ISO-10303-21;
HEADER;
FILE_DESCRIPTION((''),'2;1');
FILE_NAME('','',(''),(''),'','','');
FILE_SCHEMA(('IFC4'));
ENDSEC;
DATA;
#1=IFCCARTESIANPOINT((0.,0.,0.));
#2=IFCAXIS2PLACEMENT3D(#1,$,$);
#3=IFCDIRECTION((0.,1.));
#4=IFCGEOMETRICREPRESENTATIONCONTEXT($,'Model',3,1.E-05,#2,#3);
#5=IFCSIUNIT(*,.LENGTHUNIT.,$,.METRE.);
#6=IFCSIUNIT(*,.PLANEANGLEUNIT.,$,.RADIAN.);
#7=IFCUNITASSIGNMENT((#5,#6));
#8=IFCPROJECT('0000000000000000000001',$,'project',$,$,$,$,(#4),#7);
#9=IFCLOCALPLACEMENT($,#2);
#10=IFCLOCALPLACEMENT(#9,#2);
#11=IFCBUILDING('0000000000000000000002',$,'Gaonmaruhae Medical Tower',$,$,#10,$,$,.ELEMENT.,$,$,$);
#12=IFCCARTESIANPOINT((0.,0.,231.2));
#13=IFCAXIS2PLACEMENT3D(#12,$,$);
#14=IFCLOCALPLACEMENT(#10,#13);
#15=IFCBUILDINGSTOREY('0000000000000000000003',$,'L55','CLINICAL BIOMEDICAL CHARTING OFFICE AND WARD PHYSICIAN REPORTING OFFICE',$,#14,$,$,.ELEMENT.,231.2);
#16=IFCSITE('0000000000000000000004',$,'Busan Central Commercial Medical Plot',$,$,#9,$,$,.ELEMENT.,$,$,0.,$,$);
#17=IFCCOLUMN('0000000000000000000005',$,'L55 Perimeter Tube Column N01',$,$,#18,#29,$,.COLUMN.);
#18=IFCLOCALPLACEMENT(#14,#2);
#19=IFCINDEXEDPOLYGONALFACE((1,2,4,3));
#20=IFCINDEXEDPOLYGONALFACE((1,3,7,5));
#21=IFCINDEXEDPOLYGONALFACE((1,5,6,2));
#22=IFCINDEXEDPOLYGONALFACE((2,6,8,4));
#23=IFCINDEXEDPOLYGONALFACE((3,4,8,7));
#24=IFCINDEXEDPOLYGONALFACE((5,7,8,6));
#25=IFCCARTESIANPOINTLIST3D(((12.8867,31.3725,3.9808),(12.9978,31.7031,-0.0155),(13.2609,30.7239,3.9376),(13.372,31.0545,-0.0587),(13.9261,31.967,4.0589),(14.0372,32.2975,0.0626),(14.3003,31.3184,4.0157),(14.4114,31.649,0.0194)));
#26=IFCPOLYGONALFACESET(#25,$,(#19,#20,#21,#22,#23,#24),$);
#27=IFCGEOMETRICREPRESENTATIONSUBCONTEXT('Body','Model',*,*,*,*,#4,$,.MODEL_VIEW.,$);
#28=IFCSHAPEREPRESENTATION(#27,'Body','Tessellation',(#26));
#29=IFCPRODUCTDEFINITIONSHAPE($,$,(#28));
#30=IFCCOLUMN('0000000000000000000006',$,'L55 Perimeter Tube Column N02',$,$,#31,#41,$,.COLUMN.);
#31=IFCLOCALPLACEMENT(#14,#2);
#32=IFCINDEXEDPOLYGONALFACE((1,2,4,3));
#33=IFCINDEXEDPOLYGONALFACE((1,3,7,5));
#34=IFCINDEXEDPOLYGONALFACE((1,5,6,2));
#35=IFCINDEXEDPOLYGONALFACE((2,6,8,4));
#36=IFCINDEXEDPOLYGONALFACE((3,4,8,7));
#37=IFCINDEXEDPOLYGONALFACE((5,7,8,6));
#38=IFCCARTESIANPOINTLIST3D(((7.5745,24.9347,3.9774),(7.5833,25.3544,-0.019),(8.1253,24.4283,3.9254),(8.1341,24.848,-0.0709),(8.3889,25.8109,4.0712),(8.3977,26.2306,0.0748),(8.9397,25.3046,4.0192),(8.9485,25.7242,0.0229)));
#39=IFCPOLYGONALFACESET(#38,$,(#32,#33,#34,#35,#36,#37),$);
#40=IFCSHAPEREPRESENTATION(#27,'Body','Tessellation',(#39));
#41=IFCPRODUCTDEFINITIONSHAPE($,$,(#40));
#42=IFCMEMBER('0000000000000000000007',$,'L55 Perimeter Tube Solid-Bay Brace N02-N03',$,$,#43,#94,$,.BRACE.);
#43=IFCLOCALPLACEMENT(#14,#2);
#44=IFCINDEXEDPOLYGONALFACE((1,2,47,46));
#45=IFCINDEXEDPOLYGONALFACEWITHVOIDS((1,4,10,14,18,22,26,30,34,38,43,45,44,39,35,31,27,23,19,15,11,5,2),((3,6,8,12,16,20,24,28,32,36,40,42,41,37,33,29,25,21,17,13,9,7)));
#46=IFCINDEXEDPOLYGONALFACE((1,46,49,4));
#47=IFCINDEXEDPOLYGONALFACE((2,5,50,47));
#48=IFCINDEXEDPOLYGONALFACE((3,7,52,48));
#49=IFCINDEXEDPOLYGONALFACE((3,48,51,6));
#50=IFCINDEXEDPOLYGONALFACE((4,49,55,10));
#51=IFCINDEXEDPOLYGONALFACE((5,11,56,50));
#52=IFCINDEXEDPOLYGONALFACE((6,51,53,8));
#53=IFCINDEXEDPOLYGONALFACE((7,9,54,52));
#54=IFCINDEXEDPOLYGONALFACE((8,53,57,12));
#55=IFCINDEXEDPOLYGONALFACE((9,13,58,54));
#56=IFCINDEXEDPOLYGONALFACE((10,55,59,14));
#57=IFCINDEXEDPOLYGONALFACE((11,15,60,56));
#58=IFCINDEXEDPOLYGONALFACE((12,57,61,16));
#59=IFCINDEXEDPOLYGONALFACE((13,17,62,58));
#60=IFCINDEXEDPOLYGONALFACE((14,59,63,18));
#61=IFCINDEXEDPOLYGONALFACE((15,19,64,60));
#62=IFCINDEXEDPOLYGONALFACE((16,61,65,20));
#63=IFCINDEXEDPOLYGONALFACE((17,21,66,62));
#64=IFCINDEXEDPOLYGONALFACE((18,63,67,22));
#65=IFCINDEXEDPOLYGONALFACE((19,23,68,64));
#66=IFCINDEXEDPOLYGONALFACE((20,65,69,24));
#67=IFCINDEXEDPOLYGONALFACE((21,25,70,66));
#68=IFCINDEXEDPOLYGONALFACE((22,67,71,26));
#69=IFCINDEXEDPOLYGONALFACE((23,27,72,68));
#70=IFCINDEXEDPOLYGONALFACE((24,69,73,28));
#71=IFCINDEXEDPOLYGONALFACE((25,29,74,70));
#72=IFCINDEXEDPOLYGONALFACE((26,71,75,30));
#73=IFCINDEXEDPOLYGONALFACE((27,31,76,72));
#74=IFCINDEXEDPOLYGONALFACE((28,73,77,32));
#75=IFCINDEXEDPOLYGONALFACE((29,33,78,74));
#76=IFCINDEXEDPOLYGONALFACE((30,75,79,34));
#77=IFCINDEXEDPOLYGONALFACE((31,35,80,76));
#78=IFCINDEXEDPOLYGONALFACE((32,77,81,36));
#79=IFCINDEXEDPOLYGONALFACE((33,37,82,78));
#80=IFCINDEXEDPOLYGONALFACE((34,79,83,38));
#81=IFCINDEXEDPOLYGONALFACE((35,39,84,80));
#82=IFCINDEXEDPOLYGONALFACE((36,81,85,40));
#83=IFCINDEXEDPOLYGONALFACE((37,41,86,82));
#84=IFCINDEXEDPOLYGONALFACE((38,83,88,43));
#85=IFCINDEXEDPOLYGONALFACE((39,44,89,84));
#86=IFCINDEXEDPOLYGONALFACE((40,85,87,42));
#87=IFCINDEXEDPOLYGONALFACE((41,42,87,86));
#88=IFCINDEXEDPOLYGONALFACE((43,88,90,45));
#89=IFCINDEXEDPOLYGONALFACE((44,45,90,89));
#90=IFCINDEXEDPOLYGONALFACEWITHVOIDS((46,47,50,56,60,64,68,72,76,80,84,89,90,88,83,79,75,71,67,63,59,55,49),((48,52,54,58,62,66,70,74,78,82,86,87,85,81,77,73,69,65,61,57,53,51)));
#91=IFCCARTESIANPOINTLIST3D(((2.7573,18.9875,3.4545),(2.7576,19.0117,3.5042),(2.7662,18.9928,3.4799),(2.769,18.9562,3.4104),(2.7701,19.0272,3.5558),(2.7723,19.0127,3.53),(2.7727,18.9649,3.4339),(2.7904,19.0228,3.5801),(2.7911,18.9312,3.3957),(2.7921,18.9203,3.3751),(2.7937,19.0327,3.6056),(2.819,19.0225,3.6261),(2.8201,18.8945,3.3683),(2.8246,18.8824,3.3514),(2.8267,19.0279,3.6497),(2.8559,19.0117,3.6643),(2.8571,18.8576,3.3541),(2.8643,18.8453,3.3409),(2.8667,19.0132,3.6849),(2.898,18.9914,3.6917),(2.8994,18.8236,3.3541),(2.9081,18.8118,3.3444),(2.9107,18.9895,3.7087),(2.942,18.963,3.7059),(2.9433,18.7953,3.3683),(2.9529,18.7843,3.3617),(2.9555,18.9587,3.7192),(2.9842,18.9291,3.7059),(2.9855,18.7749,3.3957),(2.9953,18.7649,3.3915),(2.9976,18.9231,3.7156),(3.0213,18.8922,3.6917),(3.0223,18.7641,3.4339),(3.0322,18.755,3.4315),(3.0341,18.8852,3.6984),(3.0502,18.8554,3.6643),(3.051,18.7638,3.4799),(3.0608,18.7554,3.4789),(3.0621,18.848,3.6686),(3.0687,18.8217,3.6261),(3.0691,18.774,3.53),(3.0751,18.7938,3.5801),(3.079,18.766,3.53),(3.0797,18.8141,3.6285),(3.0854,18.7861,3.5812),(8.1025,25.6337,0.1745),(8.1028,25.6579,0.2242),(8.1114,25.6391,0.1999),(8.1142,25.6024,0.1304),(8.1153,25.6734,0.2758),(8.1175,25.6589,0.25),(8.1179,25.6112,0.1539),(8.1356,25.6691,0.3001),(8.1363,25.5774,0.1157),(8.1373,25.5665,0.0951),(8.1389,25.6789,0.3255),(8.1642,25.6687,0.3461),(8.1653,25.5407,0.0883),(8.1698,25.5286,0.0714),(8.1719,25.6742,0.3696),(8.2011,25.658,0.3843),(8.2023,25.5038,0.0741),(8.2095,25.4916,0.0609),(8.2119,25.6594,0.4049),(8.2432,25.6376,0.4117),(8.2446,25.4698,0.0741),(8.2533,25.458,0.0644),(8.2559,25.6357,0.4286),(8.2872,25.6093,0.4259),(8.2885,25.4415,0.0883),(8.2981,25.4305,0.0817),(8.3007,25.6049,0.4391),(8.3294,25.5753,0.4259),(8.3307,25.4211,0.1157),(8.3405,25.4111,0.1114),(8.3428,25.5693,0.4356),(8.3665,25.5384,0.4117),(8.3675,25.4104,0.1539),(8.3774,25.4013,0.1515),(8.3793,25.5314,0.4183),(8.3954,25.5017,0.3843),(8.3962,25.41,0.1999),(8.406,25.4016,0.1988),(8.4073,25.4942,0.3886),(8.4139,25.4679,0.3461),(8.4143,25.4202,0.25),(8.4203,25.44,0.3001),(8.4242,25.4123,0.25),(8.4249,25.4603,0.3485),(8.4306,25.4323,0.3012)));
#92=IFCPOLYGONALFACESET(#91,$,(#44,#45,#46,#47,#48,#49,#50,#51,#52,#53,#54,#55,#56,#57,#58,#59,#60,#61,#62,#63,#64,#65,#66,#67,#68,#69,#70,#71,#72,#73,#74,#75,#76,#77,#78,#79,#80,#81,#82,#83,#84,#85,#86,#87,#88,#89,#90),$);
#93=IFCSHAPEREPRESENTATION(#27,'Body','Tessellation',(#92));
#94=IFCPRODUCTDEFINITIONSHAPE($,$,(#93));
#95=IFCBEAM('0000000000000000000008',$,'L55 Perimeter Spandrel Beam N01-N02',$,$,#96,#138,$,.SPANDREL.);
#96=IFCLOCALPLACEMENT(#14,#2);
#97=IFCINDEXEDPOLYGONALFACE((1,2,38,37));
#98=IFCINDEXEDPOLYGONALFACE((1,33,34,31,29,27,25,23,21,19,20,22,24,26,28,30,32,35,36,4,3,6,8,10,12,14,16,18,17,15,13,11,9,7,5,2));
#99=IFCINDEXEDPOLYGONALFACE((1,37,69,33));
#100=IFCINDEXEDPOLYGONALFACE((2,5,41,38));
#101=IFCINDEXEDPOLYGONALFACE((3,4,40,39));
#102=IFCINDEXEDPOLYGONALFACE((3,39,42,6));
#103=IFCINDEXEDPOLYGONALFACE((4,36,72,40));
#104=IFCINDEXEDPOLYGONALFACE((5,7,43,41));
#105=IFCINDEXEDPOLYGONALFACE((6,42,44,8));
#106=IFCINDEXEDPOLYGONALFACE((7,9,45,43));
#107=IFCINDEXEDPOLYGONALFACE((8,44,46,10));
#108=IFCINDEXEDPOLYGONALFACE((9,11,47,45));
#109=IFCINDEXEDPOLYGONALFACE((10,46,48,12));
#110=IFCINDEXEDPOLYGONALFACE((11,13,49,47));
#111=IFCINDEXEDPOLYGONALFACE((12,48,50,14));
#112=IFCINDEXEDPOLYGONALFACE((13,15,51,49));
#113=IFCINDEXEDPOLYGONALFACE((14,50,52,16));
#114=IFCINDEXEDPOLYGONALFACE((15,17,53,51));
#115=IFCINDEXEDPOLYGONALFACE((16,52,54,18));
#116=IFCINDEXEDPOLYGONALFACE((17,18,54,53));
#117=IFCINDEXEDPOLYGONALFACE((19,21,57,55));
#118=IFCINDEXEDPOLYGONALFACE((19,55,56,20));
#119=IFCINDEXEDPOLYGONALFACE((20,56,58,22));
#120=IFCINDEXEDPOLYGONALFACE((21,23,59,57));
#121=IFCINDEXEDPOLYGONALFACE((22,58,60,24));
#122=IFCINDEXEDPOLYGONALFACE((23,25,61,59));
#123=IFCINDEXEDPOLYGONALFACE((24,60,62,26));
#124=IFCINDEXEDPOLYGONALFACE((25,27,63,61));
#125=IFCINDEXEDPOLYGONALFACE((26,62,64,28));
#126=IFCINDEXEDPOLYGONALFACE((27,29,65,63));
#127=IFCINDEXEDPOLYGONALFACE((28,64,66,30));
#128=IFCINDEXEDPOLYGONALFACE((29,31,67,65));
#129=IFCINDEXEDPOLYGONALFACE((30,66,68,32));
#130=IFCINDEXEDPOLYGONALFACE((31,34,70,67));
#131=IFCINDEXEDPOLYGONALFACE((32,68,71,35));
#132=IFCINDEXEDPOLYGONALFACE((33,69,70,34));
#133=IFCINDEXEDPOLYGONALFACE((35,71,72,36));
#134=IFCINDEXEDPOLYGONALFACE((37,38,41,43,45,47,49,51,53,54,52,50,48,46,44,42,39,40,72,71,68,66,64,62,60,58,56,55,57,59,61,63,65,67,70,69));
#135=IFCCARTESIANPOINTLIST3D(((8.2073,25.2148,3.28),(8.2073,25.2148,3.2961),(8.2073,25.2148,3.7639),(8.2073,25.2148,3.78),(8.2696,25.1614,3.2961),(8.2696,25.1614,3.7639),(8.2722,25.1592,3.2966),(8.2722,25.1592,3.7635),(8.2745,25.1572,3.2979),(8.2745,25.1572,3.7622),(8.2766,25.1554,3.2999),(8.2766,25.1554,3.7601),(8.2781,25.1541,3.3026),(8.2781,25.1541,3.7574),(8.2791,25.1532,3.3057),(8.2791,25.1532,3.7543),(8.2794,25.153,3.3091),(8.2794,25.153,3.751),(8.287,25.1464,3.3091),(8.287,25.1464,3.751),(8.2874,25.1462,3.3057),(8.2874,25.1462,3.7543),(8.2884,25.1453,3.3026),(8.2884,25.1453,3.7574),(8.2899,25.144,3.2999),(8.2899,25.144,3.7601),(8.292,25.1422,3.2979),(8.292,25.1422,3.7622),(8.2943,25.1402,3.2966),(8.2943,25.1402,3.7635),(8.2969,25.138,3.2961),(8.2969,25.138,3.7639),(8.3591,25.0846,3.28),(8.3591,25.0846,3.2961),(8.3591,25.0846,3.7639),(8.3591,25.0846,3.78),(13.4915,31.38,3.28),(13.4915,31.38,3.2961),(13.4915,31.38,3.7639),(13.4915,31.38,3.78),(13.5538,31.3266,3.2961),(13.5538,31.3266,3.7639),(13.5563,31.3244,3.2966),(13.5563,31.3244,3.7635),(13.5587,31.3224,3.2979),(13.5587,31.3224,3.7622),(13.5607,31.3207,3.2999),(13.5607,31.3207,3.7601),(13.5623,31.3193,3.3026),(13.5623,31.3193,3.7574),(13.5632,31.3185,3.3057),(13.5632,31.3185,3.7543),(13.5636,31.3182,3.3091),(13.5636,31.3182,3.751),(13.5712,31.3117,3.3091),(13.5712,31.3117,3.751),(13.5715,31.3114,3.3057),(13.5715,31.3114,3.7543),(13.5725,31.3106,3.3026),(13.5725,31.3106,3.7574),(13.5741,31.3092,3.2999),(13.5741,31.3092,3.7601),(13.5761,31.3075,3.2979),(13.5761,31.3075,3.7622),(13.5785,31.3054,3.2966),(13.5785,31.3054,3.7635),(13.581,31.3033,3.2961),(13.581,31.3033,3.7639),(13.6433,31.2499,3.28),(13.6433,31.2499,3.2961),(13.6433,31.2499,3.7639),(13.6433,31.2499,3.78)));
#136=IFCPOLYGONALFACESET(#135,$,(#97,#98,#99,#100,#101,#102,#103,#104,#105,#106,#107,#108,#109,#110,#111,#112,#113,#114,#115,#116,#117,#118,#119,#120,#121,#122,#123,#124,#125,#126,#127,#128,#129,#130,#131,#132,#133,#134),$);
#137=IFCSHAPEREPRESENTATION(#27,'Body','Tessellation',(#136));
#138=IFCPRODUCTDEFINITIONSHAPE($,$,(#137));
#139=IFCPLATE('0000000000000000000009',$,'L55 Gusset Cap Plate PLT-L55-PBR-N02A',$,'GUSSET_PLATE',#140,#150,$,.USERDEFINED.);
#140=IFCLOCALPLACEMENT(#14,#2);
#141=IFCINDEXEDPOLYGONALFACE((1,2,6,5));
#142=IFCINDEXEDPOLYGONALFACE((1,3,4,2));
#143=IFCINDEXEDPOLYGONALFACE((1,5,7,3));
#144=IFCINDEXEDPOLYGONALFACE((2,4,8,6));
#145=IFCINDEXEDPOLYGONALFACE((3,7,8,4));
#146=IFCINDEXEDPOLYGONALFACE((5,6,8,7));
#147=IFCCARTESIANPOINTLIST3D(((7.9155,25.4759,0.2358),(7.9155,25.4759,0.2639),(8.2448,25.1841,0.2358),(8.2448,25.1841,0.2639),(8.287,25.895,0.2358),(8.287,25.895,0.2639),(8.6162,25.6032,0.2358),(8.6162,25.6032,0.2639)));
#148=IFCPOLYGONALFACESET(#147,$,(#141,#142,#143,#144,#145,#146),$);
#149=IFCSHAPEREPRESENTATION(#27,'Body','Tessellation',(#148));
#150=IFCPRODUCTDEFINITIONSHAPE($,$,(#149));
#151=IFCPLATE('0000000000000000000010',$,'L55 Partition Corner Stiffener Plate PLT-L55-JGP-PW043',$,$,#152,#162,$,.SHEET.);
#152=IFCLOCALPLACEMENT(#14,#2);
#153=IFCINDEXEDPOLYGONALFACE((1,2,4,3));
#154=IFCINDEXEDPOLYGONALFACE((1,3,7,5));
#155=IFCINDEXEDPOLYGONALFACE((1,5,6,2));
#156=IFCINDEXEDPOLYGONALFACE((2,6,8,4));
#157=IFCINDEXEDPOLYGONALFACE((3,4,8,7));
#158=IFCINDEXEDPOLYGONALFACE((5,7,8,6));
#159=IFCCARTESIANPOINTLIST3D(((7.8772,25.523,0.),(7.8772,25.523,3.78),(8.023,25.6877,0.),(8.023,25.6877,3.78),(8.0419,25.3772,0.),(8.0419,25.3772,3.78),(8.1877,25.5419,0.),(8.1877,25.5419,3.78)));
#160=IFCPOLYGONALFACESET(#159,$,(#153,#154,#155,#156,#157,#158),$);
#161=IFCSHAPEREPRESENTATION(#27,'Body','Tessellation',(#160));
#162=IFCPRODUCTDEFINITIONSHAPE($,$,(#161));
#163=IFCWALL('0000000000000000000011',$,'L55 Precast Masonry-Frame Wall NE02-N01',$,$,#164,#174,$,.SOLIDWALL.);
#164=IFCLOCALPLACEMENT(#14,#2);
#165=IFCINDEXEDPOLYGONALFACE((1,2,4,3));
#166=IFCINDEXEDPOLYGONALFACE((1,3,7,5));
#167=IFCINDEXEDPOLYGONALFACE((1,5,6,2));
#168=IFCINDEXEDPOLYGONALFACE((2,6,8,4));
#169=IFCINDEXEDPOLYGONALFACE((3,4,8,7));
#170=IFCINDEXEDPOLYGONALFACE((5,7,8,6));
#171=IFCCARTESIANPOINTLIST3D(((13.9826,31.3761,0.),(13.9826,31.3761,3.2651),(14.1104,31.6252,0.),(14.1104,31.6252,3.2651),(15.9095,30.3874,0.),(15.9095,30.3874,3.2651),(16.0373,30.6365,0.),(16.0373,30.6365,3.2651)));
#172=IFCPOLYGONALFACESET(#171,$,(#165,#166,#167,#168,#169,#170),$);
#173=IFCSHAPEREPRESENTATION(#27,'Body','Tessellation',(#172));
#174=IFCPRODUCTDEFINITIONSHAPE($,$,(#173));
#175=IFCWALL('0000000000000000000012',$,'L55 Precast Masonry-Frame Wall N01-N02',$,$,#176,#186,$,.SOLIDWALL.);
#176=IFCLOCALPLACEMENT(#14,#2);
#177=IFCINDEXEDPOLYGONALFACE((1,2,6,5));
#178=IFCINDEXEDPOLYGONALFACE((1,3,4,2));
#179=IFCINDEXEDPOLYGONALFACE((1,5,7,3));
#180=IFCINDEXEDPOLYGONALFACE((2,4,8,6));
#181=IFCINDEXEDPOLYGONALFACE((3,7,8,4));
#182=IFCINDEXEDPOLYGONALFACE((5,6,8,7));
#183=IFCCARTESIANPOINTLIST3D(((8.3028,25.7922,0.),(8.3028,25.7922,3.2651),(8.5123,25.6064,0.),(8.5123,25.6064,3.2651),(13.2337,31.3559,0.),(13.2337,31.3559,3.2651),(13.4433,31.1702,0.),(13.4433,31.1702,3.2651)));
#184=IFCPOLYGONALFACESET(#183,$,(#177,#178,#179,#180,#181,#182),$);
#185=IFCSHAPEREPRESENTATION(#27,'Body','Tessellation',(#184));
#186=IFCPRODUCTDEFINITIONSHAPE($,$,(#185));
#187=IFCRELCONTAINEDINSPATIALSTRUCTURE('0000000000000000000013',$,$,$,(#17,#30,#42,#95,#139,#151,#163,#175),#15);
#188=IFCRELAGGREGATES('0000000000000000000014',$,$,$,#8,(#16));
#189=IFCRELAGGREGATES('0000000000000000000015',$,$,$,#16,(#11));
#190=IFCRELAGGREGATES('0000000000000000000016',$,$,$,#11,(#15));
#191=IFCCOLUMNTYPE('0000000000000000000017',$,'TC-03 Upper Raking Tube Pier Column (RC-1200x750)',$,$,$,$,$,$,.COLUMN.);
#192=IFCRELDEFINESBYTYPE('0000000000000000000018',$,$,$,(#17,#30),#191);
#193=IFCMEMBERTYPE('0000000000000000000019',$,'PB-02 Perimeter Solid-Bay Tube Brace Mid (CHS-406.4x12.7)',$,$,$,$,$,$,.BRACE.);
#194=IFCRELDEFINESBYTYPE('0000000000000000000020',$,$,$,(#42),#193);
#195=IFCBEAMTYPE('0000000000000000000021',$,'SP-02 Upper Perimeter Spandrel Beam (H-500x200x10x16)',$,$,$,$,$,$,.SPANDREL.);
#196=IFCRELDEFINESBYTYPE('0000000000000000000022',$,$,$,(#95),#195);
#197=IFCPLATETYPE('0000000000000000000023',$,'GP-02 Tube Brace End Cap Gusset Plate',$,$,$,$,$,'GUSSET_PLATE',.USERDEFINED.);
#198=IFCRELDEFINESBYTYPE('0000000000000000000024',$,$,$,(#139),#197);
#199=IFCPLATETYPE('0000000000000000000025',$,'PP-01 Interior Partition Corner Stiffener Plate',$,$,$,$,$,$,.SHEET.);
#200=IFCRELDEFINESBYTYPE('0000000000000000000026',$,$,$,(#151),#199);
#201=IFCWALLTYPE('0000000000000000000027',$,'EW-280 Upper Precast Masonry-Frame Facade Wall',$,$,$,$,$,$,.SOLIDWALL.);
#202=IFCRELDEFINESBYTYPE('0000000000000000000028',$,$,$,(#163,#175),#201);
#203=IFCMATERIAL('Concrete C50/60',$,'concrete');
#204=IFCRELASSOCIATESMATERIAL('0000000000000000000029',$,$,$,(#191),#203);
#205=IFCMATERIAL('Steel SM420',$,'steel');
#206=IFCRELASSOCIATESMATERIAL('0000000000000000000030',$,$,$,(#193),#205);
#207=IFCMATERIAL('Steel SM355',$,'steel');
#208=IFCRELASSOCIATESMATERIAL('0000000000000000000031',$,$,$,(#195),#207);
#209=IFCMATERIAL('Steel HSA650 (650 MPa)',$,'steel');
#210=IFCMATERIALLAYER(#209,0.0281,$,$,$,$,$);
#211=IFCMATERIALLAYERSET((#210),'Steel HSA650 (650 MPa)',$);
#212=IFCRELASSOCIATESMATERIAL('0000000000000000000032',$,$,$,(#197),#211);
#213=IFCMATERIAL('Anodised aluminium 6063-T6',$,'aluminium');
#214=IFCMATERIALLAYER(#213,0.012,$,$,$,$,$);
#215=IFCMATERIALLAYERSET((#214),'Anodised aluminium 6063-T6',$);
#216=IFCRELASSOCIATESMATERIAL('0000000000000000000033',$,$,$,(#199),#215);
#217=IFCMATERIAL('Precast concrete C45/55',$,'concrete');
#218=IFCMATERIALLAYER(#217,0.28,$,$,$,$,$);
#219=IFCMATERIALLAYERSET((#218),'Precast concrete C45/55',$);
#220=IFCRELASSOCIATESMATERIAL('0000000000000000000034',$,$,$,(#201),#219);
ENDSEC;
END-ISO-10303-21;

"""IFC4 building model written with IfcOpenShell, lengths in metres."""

from ifc_helpers import new_model, si_unit, direction, frame, frame_2d, origin, origin_2d, place, context, subcontext, project, spatial, rectangle, hollow_circle, i_section, extrude, material, layer, layer_set, material_profile, profile_set, type_object, element, save


model = new_model("IFC4")

# Units and contexts
model_context = context("Model", 3, precision=1e-05, world=origin(), true_north=direction((0.0, 1.0)))
body_context = subcontext(model_context, "Body", "Model", "MODEL_VIEW")
ifc_project = project(units=[si_unit("LENGTHUNIT", "METRE"), si_unit("PLANEANGLEUNIT", "RADIAN")], contexts=[model_context])

# Site, building, storey
site_placement = place(None, origin())
site = spatial("IfcSite", under=ifc_project, at=site_placement, Name="Busan Central Commercial Medical Plot", CompositionType="ELEMENT", RefElevation=0.0)
building_placement = place(site_placement, origin())
building = spatial("IfcBuilding", under=site, at=building_placement, Name="Gaonmaruhae Medical Tower", CompositionType="ELEMENT")
storey_placement = place(building_placement, frame((0.0, 0.0, 231.2)))
storey = spatial("IfcBuildingStorey", under=building, at=storey_placement, Name="L55", Description="CLINICAL BIOMEDICAL CHARTING OFFICE AND WARD PHYSICIAN REPORTING OFFICE", CompositionType="ELEMENT", Elevation=231.2)

# Columns
ifc_material_1 = material(Name="Concrete C50/60", Category="concrete")
ifc_material_profile_1 = material_profile(ifc_material_1, rectangle(XDim=1.2, YDim=0.75, at=origin_2d()), Name="RC-1200x750")
ifc_profile_set_1 = profile_set([ifc_material_profile_1], Name="Concrete C50/60")
column_type = type_object("IfcColumnType", Name="TC-03 Upper Raking Tube Pier Column (RC-1200x750)", PredefinedType="COLUMN", material=ifc_profile_set_1)
column_1_placement = place(storey_placement, frame((13.7046, 31.676, 0.002), z_axis=(-0.027691, -0.082404, 0.996214), x_axis=(0.866207, 0.495432, 0.065058)))
element("IfcColumn", 1, at=column_1_placement, inside=storey, type_object=column_type, Name="L55 Perimeter Tube Column N01", PredefinedType="COLUMN", context=body_context, shape_type="SweptSolid", body=[
    extrude(rectangle(XDim=1.2, YDim=0.75, at=origin_2d()), origin(), (0.0, 0.0, 1.0), 4.0115),
])
column_2_placement = place(storey_placement, frame((8.2659, 25.5393, 0.002), z_axis=(-0.002187, -0.104441, 0.994529), x_axis=(0.678712, 0.730232, 0.078178)))
element("IfcColumn", 2, at=column_2_placement, inside=storey, type_object=column_type, Name="L55 Perimeter Tube Column N02", PredefinedType="COLUMN", context=body_context, shape_type="SweptSolid", body=[
    extrude(rectangle(XDim=1.2, YDim=0.75, at=origin_2d()), origin(), (0.0, 0.0, 1.0), 4.0183),
])

# Member
ifc_material_2 = material(Name="Steel SM420", Category="steel")
ifc_material_profile_2 = material_profile(ifc_material_2, hollow_circle(Radius=0.2031, WallThickness=0.0127, at=origin_2d()), Name="CHS-406.4x12.7")
ifc_profile_set_2 = profile_set([ifc_material_profile_2], Name="Steel SM420")
member_type = type_object("IfcMemberType", Name="PB-02 Perimeter Solid-Bay Tube Brace Mid (CHS-406.4x12.7)", PredefinedType="BRACE", material=ifc_profile_set_2)
member_placement = place(storey_placement, frame((8.2659, 25.5396, 0.25), z_axis=(-0.584946, -0.727322, 0.358945), x_axis=(0.779252, -0.626711, 0.0)))
element("IfcMember", 3, at=member_placement, inside=storey, type_object=member_type, Name="L55 Perimeter Tube Solid-Bay Brace N02-N03", PredefinedType="BRACE", context=body_context, shape_type="SweptSolid", body=[
    extrude(hollow_circle(Radius=0.2031, WallThickness=0.0127, at=origin_2d()), origin(), (0.0, 0.0, 1.0), 9.1379),
])

# Beam
ifc_material_3 = material(Name="Steel SM355", Category="steel")
ifc_material_profile_3 = material_profile(ifc_material_3, i_section(OverallWidth=0.2, OverallDepth=0.5, WebThickness=0.01, FlangeThickness=0.0161, FilletRadius=0.0129, at=origin_2d()), Name="H-500x200x10x16")
ifc_profile_set_3 = profile_set([ifc_material_profile_3], Name="Steel SM355")
beam_type = type_object("IfcBeamType", Name="SP-02 Upper Perimeter Spandrel Beam (H-500x200x10x16)", PredefinedType="SPANDREL", material=ifc_profile_set_3)
beam_placement = place(storey_placement, frame((13.5674, 31.3149, 3.53), z_axis=(-0.650767, -0.759278, 0.0), x_axis=(0.759278, -0.650767, 0.0)))
element("IfcBeam", 4, at=beam_placement, inside=storey, type_object=beam_type, Name="L55 Perimeter Spandrel Beam N01-N02", PredefinedType="SPANDREL", context=body_context, shape_type="SweptSolid", body=[
    extrude(i_section(OverallWidth=0.2, OverallDepth=0.5, WebThickness=0.01, FlangeThickness=0.0161, FilletRadius=0.0129, at=origin_2d()), origin(), (0.0, 0.0, 1.0), 8.1199),
])

# Plates
ifc_material_4 = material(Name="Steel HSA650 (650 MPa)", Category="steel")
ifc_layer_1 = layer(ifc_material_4, 0.0281)
ifc_layer_set_1 = layer_set([ifc_layer_1], Name="Steel HSA650 (650 MPa)")
plate_type_1 = type_object("IfcPlateType", Name="GP-02 Tube Brace End Cap Gusset Plate", ElementType="GUSSET_PLATE", PredefinedType="USERDEFINED", material=ifc_layer_set_1)
plate_1_placement = place(storey_placement, frame((8.2659, 25.5396, 0.2358), z_axis=(0.0, 0.0, 1.0), x_axis=(0.663273, 0.748377, 0.0)))
element("IfcPlate", 5, at=plate_1_placement, inside=storey, type_object=plate_type_1, Name="L55 Gusset Cap Plate PLT-L55-PBR-N02A", ObjectType="GUSSET_PLATE", PredefinedType="USERDEFINED", context=body_context, shape_type="SweptSolid", body=[
    extrude(rectangle(XDim=0.5601, YDim=0.4399, at=origin_2d()), origin(), (0.0, 0.0, 1.0), 0.0281),
])
ifc_material_5 = material(Name="Anodised aluminium 6063-T6", Category="aluminium")
ifc_layer_2 = layer(ifc_material_5, 0.012)
ifc_layer_set_2 = layer_set([ifc_layer_2], Name="Anodised aluminium 6063-T6")
plate_type_2 = type_object("IfcPlateType", Name="PP-01 Interior Partition Corner Stiffener Plate", PredefinedType="SHEET", material=ifc_layer_set_2)
plate_2_placement = place(storey_placement, frame((8.0325, 25.5325, 0.0), z_axis=(0.0, 0.0, 1.0), x_axis=(0.662947, 0.748667, 0.0)))
element("IfcPlate", 6, at=plate_2_placement, inside=storey, type_object=plate_type_2, Name="L55 Partition Corner Stiffener Plate PLT-L55-JGP-PW043", PredefinedType="SHEET", context=body_context, shape_type="SweptSolid", body=[
    extrude(rectangle(XDim=0.22, YDim=0.22, at=origin_2d()), origin(), (0.0, 0.0, 1.0), 3.78),
])

# Walls
ifc_material_6 = material(Name="Precast concrete C45/55", Category="concrete")
ifc_layer_3 = layer(ifc_material_6, 0.28)
ifc_layer_set_3 = layer_set([ifc_layer_3], Name="Precast concrete C45/55")
wall_type_1 = type_object("IfcWallType", Name="EW-280 Upper Precast Masonry-Frame Facade Wall", PredefinedType="SOLIDWALL", material=ifc_layer_set_3)
wall_1_placement = place(storey_placement, frame((14.0464, 31.5007, 0.0), z_axis=(0.0, 0.0, 1.0), x_axis=(0.889712, -0.456523, 0.0)))
element("IfcWall", 7, at=wall_1_placement, inside=storey, type_object=wall_type_1, Name="L55 Precast Masonry-Frame Wall NE02-N01", PredefinedType="SOLIDWALL", context=body_context, shape_type="SweptSolid", body=[
    extrude(rectangle(XDim=2.1658, YDim=0.28, at=frame_2d((1.083, 0.0))), origin(), (0.0, 0.0, 1.0), 3.2651),
])
wall_2_placement = place(storey_placement, frame((8.4075, 25.6992, 0.0), z_axis=(0.0, 0.0, 1.0), x_axis=(0.663264, 0.748385, 0.0)))
element("IfcWall", 8, at=wall_2_placement, inside=storey, type_object=wall_type_1, Name="L55 Precast Masonry-Frame Wall N01-N02", PredefinedType="SOLIDWALL", context=body_context, shape_type="SweptSolid", body=[
    extrude(rectangle(XDim=7.4343, YDim=0.28, at=frame_2d((3.7173, 0.0))), origin(), (0.0, 0.0, 1.0), 3.2651),
])

save(model, "model.ifc")
